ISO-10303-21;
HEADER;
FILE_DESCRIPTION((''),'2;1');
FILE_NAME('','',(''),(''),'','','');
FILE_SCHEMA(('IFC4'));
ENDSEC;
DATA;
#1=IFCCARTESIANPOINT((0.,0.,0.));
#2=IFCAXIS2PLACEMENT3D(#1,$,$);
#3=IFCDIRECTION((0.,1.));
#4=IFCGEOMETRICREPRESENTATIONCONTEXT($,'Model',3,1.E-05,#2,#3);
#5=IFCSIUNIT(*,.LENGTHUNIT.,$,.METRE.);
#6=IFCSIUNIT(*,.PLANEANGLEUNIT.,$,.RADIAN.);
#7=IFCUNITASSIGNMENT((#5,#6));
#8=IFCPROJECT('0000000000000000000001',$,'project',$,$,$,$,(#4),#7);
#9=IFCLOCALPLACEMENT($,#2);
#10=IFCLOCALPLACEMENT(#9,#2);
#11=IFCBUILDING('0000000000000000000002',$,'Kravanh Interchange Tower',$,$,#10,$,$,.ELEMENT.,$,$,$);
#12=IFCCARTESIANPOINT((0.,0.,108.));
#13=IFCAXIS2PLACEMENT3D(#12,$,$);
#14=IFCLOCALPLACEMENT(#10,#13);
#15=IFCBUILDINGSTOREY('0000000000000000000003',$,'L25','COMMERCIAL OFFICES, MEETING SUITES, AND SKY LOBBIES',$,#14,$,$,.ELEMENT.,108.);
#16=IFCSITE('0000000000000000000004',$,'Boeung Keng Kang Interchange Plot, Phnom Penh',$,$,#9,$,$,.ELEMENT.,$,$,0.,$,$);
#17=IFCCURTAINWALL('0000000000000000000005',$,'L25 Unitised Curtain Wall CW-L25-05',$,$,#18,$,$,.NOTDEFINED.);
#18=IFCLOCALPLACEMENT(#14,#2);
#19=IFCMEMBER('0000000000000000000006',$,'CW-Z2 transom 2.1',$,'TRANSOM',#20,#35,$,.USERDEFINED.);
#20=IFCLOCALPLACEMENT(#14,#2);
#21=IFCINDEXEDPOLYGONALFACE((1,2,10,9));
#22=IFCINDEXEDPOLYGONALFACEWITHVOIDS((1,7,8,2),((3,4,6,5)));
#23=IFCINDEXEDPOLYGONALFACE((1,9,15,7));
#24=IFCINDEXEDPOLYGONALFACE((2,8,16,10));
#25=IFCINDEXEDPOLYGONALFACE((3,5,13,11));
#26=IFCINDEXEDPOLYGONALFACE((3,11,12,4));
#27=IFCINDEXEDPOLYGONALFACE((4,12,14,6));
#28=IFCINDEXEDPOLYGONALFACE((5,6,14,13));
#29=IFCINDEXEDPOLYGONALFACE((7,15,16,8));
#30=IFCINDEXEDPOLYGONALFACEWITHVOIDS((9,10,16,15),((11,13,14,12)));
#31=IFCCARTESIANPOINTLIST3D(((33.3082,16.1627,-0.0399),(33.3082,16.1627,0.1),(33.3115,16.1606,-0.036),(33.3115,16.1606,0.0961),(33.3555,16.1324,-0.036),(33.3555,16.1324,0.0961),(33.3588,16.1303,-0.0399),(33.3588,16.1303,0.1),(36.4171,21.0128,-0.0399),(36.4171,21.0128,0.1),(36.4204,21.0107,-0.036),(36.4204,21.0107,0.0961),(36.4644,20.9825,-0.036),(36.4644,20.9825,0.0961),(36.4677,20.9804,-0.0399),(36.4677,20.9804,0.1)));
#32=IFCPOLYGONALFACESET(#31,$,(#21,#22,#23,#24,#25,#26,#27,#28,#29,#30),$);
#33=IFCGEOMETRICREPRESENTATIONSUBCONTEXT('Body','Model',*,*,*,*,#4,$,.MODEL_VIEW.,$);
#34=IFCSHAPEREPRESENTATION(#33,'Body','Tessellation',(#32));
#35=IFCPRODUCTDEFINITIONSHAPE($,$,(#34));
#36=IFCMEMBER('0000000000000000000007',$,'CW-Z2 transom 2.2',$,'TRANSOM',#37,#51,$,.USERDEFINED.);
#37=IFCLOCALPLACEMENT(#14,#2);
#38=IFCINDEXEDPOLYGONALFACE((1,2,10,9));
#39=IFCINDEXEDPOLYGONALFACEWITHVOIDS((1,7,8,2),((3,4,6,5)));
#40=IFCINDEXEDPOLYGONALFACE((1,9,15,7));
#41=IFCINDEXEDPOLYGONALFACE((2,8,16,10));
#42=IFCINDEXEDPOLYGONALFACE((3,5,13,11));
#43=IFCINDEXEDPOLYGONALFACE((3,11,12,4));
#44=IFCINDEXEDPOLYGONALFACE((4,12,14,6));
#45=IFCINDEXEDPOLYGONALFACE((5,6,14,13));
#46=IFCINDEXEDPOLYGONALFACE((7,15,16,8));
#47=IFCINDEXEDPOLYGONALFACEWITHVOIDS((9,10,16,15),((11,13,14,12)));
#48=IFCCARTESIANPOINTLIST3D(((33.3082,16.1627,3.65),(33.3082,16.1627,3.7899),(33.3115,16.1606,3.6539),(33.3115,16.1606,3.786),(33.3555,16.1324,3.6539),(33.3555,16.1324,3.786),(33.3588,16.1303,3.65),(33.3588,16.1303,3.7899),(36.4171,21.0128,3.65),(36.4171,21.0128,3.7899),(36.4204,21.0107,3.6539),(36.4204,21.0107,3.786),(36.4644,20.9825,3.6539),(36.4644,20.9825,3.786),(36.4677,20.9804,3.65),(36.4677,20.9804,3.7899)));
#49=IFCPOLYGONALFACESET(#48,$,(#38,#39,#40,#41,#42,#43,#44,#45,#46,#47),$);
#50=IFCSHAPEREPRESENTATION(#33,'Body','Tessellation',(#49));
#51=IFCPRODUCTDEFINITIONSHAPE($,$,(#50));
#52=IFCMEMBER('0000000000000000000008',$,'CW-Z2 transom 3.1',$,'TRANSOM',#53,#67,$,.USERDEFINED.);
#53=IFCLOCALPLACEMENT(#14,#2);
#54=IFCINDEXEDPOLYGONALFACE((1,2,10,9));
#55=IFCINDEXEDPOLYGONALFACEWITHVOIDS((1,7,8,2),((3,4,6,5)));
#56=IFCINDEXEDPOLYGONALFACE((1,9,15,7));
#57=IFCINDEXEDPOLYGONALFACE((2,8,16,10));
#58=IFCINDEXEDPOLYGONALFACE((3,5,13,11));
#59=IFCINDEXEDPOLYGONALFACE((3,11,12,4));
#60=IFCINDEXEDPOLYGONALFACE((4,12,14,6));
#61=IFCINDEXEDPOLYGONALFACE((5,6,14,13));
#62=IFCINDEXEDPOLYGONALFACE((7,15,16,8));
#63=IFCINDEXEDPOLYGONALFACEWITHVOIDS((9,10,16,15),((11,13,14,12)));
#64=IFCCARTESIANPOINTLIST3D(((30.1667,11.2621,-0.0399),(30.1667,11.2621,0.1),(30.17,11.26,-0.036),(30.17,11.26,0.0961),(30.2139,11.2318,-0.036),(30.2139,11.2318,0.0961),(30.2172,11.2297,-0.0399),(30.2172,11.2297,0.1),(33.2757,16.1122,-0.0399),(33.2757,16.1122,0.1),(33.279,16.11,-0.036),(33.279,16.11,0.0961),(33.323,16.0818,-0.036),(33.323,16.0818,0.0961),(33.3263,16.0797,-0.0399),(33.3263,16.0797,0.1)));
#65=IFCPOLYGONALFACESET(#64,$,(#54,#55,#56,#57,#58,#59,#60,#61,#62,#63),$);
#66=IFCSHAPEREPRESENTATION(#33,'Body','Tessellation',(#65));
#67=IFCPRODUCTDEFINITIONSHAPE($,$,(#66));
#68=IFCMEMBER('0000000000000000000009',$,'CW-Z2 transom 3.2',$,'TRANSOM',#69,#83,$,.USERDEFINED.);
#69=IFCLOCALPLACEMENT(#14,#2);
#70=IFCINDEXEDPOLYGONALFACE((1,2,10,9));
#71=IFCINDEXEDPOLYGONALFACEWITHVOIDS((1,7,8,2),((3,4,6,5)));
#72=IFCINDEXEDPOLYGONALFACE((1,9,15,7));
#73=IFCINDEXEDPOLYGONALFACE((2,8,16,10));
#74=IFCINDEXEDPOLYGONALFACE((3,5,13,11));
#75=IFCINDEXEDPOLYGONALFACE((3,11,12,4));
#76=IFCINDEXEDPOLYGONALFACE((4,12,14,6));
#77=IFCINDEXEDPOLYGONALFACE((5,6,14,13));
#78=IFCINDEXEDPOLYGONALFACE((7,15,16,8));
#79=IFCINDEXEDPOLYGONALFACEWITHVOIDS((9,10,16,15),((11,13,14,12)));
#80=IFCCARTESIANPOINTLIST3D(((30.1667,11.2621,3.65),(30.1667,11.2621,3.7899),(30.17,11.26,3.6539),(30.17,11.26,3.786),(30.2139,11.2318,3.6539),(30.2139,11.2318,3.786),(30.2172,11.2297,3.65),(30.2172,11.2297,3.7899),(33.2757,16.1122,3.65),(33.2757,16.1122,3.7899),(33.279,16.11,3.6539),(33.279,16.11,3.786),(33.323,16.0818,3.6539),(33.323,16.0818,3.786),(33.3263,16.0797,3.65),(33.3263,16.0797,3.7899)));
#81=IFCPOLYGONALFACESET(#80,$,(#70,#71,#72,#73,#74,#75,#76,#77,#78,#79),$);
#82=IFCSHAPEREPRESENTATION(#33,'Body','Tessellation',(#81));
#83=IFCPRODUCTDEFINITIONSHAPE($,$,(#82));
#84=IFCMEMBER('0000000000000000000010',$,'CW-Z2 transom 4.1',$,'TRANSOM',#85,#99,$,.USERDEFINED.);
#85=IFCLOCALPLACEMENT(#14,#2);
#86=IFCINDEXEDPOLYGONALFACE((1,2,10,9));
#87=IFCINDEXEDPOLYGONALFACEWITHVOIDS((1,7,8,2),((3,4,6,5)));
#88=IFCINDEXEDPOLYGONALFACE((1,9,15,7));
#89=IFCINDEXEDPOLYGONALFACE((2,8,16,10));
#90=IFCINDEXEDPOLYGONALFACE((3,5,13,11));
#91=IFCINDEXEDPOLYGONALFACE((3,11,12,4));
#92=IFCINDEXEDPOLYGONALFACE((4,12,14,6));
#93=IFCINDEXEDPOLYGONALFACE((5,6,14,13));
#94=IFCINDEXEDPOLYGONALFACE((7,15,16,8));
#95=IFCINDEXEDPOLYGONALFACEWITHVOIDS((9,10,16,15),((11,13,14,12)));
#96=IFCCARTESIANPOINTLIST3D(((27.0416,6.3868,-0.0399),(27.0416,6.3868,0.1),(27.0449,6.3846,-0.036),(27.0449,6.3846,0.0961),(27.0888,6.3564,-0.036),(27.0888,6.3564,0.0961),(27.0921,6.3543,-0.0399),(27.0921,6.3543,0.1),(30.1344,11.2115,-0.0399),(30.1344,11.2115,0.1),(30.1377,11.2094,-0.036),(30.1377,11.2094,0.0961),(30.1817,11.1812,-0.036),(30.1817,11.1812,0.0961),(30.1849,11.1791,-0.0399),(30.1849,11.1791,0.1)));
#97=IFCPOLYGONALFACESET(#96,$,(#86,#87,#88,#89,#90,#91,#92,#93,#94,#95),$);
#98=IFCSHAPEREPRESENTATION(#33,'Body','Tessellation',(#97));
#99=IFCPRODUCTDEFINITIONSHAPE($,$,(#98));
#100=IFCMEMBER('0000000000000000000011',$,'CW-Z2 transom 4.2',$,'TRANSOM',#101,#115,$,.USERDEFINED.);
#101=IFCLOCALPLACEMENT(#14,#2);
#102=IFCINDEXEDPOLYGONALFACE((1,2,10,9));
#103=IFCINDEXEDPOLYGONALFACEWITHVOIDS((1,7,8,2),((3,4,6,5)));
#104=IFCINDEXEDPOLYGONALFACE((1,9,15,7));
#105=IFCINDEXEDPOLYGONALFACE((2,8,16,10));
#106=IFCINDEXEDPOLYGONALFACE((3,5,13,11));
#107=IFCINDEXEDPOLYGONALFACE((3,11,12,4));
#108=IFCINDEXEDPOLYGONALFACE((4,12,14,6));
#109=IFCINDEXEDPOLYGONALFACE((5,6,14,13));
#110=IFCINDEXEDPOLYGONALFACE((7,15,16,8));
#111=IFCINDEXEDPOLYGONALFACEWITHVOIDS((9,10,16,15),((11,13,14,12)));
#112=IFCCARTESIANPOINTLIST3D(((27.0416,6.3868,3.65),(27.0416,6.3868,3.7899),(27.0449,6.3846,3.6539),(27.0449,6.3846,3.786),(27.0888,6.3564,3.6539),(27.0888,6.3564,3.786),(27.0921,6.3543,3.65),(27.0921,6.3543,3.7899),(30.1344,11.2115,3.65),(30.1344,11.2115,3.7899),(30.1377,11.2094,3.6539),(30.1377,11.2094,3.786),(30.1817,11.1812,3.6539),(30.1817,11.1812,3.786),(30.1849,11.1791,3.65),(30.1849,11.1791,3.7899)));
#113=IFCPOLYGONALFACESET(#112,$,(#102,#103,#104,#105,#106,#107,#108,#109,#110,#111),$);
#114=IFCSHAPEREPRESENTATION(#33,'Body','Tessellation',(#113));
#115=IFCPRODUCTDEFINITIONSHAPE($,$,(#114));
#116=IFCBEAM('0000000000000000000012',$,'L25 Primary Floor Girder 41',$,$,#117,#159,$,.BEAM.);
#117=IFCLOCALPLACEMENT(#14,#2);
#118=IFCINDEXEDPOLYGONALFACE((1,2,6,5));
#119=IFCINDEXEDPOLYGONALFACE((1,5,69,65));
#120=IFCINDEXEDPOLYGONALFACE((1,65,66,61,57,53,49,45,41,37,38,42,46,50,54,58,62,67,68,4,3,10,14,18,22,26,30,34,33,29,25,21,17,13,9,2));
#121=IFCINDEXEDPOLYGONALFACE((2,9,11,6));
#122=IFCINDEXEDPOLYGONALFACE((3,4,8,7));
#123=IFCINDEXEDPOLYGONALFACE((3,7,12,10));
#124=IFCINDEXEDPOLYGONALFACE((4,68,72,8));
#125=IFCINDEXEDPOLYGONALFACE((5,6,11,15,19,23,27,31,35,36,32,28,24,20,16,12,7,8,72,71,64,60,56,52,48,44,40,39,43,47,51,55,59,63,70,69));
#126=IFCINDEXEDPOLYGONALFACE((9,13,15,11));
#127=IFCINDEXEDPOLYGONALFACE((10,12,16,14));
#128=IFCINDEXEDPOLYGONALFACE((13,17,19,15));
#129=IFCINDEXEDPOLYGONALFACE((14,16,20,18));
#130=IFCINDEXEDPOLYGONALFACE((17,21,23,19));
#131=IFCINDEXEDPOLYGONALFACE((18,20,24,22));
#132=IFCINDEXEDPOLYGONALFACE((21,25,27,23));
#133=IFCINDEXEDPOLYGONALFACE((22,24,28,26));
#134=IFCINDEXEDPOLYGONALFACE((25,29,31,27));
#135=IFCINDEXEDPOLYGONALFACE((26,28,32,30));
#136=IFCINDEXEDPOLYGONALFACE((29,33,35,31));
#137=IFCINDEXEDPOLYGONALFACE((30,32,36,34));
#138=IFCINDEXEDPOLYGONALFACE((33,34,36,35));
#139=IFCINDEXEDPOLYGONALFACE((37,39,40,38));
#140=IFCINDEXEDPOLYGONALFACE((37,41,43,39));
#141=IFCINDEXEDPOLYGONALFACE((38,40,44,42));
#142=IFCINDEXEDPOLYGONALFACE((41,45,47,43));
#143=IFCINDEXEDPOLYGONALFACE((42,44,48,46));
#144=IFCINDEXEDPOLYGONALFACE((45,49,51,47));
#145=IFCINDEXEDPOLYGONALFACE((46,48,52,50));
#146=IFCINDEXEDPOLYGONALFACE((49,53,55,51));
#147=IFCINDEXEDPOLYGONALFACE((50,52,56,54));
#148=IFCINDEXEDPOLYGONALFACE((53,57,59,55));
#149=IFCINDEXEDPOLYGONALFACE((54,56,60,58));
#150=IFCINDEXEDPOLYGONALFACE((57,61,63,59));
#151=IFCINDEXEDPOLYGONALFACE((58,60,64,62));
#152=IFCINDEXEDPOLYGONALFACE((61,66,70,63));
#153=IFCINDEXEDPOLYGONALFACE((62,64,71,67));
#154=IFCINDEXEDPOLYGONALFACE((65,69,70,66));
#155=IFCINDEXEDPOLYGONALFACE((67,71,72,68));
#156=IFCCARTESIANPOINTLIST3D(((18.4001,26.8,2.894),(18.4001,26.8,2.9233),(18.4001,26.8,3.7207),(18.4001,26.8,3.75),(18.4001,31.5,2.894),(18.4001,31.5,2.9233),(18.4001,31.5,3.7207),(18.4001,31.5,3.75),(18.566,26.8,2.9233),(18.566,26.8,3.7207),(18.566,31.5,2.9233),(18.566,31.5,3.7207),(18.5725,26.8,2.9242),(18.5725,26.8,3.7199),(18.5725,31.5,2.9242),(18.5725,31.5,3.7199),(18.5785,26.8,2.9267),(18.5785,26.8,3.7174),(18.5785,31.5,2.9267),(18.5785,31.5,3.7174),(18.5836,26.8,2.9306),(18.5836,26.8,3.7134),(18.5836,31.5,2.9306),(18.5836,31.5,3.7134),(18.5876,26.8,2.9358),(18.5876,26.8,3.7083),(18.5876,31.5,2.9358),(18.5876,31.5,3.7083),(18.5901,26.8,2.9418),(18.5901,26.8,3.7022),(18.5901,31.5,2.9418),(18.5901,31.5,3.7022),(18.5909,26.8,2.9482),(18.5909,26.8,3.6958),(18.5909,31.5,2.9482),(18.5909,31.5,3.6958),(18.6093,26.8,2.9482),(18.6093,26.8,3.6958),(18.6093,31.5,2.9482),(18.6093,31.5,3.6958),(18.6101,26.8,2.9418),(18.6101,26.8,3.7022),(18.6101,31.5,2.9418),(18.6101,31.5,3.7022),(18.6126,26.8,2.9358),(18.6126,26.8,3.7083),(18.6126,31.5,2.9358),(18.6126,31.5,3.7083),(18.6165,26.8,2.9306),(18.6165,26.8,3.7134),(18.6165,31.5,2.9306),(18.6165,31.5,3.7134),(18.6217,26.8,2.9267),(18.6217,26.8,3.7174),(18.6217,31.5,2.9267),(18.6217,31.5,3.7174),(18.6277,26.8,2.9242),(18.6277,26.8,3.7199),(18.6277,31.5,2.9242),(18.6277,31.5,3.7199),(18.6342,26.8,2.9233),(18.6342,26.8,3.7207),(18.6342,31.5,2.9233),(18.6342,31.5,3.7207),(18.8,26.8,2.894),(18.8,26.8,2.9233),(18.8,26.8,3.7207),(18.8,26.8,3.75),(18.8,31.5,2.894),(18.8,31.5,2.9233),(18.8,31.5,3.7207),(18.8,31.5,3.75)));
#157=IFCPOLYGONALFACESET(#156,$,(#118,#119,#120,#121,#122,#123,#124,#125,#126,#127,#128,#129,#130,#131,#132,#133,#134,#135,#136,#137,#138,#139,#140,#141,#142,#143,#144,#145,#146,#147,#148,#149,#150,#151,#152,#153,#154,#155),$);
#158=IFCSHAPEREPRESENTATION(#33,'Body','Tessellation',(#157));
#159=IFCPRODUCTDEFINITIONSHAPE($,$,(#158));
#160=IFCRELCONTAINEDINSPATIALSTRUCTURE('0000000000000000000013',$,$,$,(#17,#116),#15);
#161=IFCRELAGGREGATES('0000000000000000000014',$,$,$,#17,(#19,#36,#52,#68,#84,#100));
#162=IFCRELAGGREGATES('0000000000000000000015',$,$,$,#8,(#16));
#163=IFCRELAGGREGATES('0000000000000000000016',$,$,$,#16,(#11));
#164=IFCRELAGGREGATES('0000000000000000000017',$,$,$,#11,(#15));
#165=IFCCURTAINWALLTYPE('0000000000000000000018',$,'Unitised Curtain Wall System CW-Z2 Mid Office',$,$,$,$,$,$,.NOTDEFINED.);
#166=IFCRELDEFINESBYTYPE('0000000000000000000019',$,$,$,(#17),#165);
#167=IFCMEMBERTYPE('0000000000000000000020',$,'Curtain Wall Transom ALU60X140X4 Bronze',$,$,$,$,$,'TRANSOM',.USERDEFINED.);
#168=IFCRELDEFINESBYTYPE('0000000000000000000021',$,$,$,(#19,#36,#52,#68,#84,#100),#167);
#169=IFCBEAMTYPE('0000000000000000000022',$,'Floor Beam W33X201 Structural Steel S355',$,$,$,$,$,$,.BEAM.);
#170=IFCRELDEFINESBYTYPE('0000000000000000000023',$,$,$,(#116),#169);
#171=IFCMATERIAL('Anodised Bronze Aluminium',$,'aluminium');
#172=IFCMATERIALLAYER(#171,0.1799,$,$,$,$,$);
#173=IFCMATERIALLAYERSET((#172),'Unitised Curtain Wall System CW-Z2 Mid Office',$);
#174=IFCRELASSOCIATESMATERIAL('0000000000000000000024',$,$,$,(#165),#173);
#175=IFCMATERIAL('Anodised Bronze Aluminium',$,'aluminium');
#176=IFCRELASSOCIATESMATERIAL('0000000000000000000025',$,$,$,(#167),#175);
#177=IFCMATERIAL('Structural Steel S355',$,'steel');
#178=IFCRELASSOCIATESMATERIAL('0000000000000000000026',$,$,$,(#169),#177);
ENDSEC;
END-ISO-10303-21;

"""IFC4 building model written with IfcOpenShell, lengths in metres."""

from ifc_helpers import new_model, si_unit, direction, frame, origin, origin_2d, place, context, subcontext, project, spatial, hollow_rectangle, i_section, extrude, material, layer, layer_set, material_profile, profile_set, type_object, element, aggregate, save


model = new_model("IFC4")

# Units and contexts
model_context = context("Model", 3, precision=1e-05, world=origin(), true_north=direction((0.0, 1.0)))
body_context = subcontext(model_context, "Body", "Model", "MODEL_VIEW")
ifc_project = project(units=[si_unit("LENGTHUNIT", "METRE"), si_unit("PLANEANGLEUNIT", "RADIAN")], contexts=[model_context])

# Site, building, storey
site_placement = place(None, origin())
site = spatial("IfcSite", under=ifc_project, at=site_placement, Name="Boeung Keng Kang Interchange Plot, Phnom Penh", CompositionType="ELEMENT", RefElevation=0.0)
building_placement = place(site_placement, origin())
building = spatial("IfcBuilding", under=site, at=building_placement, Name="Kravanh Interchange Tower", CompositionType="ELEMENT")
storey_placement = place(building_placement, frame((0.0, 0.0, 108.0)))
storey = spatial("IfcBuildingStorey", under=building, at=storey_placement, Name="L25", Description="COMMERCIAL OFFICES, MEETING SUITES, AND SKY LOBBIES", CompositionType="ELEMENT", Elevation=108.0)

# Curtain wall, members
ifc_material_1 = material(Name="Anodised Bronze Aluminium", Category="aluminium")
ifc_layer_1 = layer(ifc_material_1, 0.1799)
ifc_layer_set_1 = layer_set([ifc_layer_1], Name="Unitised Curtain Wall System CW-Z2 Mid Office")
curtain_wall_type = type_object("IfcCurtainWallType", Name="Unitised Curtain Wall System CW-Z2 Mid Office", PredefinedType="NOTDEFINED", material=ifc_layer_set_1)
curtain_wall_placement = place(storey_placement, origin())
curtain_wall = element("IfcCurtainWall", 1, at=curtain_wall_placement, inside=storey, type_object=curtain_wall_type, Name="L25 Unitised Curtain Wall CW-L25-05", PredefinedType="NOTDEFINED")
ifc_material_2 = material(Name="Anodised Bronze Aluminium", Category="aluminium")
ifc_material_profile_1 = material_profile(ifc_material_2, hollow_rectangle(XDim=0.0601, YDim=0.1399, WallThickness=0.0039, at=origin_2d()), Name="ALU60X140X4")
ifc_profile_set_1 = profile_set([ifc_material_profile_1], Name="Anodised Bronze Aluminium")
member_type_1 = type_object("IfcMemberType", Name="Curtain Wall Transom ALU60X140X4 Bronze", ElementType="TRANSOM", PredefinedType="USERDEFINED", material=ifc_profile_set_1)
member_1_placement = place(storey_placement, frame((36.4424, 20.9966, 0.03), z_axis=(-0.539648, -0.841891, 0.0), x_axis=(0.841891, -0.539648, 0.0)))
member_1 = element("IfcMember", 2, at=member_1_placement, type_object=member_type_1, Name="CW-Z2 transom 2.1", ObjectType="TRANSOM", PredefinedType="USERDEFINED", context=body_context, shape_type="SweptSolid", body=[
    extrude(hollow_rectangle(XDim=0.0601, YDim=0.1399, WallThickness=0.0039, at=origin_2d()), origin(), (0.0, 0.0, 1.0), 5.761),
])
member_2_placement = place(storey_placement, frame((36.4424, 20.9966, 3.72), z_axis=(-0.539648, -0.841891, 0.0), x_axis=(0.841891, -0.539648, 0.0)))
member_2 = element("IfcMember", 3, at=member_2_placement, type_object=member_type_1, Name="CW-Z2 transom 2.2", ObjectType="TRANSOM", PredefinedType="USERDEFINED", context=body_context, shape_type="SweptSolid", body=[
    extrude(hollow_rectangle(XDim=0.0601, YDim=0.1399, WallThickness=0.0039, at=origin_2d()), origin(), (0.0, 0.0, 1.0), 5.761),
])
member_3_placement = place(storey_placement, frame((33.301, 16.0959, 0.03), z_axis=(-0.539678, -0.841872, 0.0), x_axis=(0.841872, -0.539678, 0.0)))
member_3 = element("IfcMember", 4, at=member_3_placement, type_object=member_type_1, Name="CW-Z2 transom 3.1", ObjectType="TRANSOM", PredefinedType="USERDEFINED", context=body_context, shape_type="SweptSolid", body=[
    extrude(hollow_rectangle(XDim=0.0601, YDim=0.1399, WallThickness=0.0039, at=origin_2d()), origin(), (0.0, 0.0, 1.0), 5.761),
])
member_4_placement = place(storey_placement, frame((33.301, 16.0959, 3.72), z_axis=(-0.539678, -0.841872, 0.0), x_axis=(0.841872, -0.539678, 0.0)))
member_4 = element("IfcMember", 5, at=member_4_placement, type_object=member_type_1, Name="CW-Z2 transom 3.2", ObjectType="TRANSOM", PredefinedType="USERDEFINED", context=body_context, shape_type="SweptSolid", body=[
    extrude(hollow_rectangle(XDim=0.0601, YDim=0.1399, WallThickness=0.0039, at=origin_2d()), origin(), (0.0, 0.0, 1.0), 5.761),
])
member_5_placement = place(storey_placement, frame((30.1597, 11.1953, 0.03), z_axis=(-0.539668, -0.841878, 0.0), x_axis=(0.841878, -0.539668, 0.0)))
member_5 = element("IfcMember", 6, at=member_5_placement, type_object=member_type_1, Name="CW-Z2 transom 4.1", ObjectType="TRANSOM", PredefinedType="USERDEFINED", context=body_context, shape_type="SweptSolid", body=[
    extrude(hollow_rectangle(XDim=0.0601, YDim=0.1399, WallThickness=0.0039, at=origin_2d()), origin(), (0.0, 0.0, 1.0), 5.731),
])
member_6_placement = place(storey_placement, frame((30.1597, 11.1953, 3.72), z_axis=(-0.539668, -0.841878, 0.0), x_axis=(0.841878, -0.539668, 0.0)))
member_6 = element("IfcMember", 7, at=member_6_placement, type_object=member_type_1, Name="CW-Z2 transom 4.2", ObjectType="TRANSOM", PredefinedType="USERDEFINED", context=body_context, shape_type="SweptSolid", body=[
    extrude(hollow_rectangle(XDim=0.0601, YDim=0.1399, WallThickness=0.0039, at=origin_2d()), origin(), (0.0, 0.0, 1.0), 5.731),
])

# Beam
ifc_material_3 = material(Name="Structural Steel S355", Category="steel")
ifc_material_profile_2 = material_profile(ifc_material_3, i_section(OverallWidth=0.3999, OverallDepth=0.856, WebThickness=0.0183, FlangeThickness=0.0293, FilletRadius=0.0249, at=origin_2d()), Name="W33X201")
ifc_profile_set_2 = profile_set([ifc_material_profile_2], Name="Structural Steel S355")
beam_type_1 = type_object("IfcBeamType", Name="Floor Beam W33X201 Structural Steel S355", PredefinedType="BEAM", material=ifc_profile_set_2)
beam_1_placement = place(storey_placement, frame((18.6001, 26.8, 3.322), z_axis=(0.0, 1.0, 0.0), x_axis=(-1.0, 0.0, 0.0)))
element("IfcBeam", 8, at=beam_1_placement, inside=storey, type_object=beam_type_1, Name="L25 Primary Floor Girder 41", PredefinedType="BEAM", context=body_context, shape_type="SweptSolid", body=[
    extrude(i_section(OverallWidth=0.3999, OverallDepth=0.856, WebThickness=0.0183, FlangeThickness=0.0293, FilletRadius=0.0249, at=origin_2d()), origin(), (0.0, 0.0, 1.0), 4.7),
])

aggregate(curtain_wall, [member_1, member_2, member_3, member_4, member_5, member_6])

save(model, "model.ifc")
